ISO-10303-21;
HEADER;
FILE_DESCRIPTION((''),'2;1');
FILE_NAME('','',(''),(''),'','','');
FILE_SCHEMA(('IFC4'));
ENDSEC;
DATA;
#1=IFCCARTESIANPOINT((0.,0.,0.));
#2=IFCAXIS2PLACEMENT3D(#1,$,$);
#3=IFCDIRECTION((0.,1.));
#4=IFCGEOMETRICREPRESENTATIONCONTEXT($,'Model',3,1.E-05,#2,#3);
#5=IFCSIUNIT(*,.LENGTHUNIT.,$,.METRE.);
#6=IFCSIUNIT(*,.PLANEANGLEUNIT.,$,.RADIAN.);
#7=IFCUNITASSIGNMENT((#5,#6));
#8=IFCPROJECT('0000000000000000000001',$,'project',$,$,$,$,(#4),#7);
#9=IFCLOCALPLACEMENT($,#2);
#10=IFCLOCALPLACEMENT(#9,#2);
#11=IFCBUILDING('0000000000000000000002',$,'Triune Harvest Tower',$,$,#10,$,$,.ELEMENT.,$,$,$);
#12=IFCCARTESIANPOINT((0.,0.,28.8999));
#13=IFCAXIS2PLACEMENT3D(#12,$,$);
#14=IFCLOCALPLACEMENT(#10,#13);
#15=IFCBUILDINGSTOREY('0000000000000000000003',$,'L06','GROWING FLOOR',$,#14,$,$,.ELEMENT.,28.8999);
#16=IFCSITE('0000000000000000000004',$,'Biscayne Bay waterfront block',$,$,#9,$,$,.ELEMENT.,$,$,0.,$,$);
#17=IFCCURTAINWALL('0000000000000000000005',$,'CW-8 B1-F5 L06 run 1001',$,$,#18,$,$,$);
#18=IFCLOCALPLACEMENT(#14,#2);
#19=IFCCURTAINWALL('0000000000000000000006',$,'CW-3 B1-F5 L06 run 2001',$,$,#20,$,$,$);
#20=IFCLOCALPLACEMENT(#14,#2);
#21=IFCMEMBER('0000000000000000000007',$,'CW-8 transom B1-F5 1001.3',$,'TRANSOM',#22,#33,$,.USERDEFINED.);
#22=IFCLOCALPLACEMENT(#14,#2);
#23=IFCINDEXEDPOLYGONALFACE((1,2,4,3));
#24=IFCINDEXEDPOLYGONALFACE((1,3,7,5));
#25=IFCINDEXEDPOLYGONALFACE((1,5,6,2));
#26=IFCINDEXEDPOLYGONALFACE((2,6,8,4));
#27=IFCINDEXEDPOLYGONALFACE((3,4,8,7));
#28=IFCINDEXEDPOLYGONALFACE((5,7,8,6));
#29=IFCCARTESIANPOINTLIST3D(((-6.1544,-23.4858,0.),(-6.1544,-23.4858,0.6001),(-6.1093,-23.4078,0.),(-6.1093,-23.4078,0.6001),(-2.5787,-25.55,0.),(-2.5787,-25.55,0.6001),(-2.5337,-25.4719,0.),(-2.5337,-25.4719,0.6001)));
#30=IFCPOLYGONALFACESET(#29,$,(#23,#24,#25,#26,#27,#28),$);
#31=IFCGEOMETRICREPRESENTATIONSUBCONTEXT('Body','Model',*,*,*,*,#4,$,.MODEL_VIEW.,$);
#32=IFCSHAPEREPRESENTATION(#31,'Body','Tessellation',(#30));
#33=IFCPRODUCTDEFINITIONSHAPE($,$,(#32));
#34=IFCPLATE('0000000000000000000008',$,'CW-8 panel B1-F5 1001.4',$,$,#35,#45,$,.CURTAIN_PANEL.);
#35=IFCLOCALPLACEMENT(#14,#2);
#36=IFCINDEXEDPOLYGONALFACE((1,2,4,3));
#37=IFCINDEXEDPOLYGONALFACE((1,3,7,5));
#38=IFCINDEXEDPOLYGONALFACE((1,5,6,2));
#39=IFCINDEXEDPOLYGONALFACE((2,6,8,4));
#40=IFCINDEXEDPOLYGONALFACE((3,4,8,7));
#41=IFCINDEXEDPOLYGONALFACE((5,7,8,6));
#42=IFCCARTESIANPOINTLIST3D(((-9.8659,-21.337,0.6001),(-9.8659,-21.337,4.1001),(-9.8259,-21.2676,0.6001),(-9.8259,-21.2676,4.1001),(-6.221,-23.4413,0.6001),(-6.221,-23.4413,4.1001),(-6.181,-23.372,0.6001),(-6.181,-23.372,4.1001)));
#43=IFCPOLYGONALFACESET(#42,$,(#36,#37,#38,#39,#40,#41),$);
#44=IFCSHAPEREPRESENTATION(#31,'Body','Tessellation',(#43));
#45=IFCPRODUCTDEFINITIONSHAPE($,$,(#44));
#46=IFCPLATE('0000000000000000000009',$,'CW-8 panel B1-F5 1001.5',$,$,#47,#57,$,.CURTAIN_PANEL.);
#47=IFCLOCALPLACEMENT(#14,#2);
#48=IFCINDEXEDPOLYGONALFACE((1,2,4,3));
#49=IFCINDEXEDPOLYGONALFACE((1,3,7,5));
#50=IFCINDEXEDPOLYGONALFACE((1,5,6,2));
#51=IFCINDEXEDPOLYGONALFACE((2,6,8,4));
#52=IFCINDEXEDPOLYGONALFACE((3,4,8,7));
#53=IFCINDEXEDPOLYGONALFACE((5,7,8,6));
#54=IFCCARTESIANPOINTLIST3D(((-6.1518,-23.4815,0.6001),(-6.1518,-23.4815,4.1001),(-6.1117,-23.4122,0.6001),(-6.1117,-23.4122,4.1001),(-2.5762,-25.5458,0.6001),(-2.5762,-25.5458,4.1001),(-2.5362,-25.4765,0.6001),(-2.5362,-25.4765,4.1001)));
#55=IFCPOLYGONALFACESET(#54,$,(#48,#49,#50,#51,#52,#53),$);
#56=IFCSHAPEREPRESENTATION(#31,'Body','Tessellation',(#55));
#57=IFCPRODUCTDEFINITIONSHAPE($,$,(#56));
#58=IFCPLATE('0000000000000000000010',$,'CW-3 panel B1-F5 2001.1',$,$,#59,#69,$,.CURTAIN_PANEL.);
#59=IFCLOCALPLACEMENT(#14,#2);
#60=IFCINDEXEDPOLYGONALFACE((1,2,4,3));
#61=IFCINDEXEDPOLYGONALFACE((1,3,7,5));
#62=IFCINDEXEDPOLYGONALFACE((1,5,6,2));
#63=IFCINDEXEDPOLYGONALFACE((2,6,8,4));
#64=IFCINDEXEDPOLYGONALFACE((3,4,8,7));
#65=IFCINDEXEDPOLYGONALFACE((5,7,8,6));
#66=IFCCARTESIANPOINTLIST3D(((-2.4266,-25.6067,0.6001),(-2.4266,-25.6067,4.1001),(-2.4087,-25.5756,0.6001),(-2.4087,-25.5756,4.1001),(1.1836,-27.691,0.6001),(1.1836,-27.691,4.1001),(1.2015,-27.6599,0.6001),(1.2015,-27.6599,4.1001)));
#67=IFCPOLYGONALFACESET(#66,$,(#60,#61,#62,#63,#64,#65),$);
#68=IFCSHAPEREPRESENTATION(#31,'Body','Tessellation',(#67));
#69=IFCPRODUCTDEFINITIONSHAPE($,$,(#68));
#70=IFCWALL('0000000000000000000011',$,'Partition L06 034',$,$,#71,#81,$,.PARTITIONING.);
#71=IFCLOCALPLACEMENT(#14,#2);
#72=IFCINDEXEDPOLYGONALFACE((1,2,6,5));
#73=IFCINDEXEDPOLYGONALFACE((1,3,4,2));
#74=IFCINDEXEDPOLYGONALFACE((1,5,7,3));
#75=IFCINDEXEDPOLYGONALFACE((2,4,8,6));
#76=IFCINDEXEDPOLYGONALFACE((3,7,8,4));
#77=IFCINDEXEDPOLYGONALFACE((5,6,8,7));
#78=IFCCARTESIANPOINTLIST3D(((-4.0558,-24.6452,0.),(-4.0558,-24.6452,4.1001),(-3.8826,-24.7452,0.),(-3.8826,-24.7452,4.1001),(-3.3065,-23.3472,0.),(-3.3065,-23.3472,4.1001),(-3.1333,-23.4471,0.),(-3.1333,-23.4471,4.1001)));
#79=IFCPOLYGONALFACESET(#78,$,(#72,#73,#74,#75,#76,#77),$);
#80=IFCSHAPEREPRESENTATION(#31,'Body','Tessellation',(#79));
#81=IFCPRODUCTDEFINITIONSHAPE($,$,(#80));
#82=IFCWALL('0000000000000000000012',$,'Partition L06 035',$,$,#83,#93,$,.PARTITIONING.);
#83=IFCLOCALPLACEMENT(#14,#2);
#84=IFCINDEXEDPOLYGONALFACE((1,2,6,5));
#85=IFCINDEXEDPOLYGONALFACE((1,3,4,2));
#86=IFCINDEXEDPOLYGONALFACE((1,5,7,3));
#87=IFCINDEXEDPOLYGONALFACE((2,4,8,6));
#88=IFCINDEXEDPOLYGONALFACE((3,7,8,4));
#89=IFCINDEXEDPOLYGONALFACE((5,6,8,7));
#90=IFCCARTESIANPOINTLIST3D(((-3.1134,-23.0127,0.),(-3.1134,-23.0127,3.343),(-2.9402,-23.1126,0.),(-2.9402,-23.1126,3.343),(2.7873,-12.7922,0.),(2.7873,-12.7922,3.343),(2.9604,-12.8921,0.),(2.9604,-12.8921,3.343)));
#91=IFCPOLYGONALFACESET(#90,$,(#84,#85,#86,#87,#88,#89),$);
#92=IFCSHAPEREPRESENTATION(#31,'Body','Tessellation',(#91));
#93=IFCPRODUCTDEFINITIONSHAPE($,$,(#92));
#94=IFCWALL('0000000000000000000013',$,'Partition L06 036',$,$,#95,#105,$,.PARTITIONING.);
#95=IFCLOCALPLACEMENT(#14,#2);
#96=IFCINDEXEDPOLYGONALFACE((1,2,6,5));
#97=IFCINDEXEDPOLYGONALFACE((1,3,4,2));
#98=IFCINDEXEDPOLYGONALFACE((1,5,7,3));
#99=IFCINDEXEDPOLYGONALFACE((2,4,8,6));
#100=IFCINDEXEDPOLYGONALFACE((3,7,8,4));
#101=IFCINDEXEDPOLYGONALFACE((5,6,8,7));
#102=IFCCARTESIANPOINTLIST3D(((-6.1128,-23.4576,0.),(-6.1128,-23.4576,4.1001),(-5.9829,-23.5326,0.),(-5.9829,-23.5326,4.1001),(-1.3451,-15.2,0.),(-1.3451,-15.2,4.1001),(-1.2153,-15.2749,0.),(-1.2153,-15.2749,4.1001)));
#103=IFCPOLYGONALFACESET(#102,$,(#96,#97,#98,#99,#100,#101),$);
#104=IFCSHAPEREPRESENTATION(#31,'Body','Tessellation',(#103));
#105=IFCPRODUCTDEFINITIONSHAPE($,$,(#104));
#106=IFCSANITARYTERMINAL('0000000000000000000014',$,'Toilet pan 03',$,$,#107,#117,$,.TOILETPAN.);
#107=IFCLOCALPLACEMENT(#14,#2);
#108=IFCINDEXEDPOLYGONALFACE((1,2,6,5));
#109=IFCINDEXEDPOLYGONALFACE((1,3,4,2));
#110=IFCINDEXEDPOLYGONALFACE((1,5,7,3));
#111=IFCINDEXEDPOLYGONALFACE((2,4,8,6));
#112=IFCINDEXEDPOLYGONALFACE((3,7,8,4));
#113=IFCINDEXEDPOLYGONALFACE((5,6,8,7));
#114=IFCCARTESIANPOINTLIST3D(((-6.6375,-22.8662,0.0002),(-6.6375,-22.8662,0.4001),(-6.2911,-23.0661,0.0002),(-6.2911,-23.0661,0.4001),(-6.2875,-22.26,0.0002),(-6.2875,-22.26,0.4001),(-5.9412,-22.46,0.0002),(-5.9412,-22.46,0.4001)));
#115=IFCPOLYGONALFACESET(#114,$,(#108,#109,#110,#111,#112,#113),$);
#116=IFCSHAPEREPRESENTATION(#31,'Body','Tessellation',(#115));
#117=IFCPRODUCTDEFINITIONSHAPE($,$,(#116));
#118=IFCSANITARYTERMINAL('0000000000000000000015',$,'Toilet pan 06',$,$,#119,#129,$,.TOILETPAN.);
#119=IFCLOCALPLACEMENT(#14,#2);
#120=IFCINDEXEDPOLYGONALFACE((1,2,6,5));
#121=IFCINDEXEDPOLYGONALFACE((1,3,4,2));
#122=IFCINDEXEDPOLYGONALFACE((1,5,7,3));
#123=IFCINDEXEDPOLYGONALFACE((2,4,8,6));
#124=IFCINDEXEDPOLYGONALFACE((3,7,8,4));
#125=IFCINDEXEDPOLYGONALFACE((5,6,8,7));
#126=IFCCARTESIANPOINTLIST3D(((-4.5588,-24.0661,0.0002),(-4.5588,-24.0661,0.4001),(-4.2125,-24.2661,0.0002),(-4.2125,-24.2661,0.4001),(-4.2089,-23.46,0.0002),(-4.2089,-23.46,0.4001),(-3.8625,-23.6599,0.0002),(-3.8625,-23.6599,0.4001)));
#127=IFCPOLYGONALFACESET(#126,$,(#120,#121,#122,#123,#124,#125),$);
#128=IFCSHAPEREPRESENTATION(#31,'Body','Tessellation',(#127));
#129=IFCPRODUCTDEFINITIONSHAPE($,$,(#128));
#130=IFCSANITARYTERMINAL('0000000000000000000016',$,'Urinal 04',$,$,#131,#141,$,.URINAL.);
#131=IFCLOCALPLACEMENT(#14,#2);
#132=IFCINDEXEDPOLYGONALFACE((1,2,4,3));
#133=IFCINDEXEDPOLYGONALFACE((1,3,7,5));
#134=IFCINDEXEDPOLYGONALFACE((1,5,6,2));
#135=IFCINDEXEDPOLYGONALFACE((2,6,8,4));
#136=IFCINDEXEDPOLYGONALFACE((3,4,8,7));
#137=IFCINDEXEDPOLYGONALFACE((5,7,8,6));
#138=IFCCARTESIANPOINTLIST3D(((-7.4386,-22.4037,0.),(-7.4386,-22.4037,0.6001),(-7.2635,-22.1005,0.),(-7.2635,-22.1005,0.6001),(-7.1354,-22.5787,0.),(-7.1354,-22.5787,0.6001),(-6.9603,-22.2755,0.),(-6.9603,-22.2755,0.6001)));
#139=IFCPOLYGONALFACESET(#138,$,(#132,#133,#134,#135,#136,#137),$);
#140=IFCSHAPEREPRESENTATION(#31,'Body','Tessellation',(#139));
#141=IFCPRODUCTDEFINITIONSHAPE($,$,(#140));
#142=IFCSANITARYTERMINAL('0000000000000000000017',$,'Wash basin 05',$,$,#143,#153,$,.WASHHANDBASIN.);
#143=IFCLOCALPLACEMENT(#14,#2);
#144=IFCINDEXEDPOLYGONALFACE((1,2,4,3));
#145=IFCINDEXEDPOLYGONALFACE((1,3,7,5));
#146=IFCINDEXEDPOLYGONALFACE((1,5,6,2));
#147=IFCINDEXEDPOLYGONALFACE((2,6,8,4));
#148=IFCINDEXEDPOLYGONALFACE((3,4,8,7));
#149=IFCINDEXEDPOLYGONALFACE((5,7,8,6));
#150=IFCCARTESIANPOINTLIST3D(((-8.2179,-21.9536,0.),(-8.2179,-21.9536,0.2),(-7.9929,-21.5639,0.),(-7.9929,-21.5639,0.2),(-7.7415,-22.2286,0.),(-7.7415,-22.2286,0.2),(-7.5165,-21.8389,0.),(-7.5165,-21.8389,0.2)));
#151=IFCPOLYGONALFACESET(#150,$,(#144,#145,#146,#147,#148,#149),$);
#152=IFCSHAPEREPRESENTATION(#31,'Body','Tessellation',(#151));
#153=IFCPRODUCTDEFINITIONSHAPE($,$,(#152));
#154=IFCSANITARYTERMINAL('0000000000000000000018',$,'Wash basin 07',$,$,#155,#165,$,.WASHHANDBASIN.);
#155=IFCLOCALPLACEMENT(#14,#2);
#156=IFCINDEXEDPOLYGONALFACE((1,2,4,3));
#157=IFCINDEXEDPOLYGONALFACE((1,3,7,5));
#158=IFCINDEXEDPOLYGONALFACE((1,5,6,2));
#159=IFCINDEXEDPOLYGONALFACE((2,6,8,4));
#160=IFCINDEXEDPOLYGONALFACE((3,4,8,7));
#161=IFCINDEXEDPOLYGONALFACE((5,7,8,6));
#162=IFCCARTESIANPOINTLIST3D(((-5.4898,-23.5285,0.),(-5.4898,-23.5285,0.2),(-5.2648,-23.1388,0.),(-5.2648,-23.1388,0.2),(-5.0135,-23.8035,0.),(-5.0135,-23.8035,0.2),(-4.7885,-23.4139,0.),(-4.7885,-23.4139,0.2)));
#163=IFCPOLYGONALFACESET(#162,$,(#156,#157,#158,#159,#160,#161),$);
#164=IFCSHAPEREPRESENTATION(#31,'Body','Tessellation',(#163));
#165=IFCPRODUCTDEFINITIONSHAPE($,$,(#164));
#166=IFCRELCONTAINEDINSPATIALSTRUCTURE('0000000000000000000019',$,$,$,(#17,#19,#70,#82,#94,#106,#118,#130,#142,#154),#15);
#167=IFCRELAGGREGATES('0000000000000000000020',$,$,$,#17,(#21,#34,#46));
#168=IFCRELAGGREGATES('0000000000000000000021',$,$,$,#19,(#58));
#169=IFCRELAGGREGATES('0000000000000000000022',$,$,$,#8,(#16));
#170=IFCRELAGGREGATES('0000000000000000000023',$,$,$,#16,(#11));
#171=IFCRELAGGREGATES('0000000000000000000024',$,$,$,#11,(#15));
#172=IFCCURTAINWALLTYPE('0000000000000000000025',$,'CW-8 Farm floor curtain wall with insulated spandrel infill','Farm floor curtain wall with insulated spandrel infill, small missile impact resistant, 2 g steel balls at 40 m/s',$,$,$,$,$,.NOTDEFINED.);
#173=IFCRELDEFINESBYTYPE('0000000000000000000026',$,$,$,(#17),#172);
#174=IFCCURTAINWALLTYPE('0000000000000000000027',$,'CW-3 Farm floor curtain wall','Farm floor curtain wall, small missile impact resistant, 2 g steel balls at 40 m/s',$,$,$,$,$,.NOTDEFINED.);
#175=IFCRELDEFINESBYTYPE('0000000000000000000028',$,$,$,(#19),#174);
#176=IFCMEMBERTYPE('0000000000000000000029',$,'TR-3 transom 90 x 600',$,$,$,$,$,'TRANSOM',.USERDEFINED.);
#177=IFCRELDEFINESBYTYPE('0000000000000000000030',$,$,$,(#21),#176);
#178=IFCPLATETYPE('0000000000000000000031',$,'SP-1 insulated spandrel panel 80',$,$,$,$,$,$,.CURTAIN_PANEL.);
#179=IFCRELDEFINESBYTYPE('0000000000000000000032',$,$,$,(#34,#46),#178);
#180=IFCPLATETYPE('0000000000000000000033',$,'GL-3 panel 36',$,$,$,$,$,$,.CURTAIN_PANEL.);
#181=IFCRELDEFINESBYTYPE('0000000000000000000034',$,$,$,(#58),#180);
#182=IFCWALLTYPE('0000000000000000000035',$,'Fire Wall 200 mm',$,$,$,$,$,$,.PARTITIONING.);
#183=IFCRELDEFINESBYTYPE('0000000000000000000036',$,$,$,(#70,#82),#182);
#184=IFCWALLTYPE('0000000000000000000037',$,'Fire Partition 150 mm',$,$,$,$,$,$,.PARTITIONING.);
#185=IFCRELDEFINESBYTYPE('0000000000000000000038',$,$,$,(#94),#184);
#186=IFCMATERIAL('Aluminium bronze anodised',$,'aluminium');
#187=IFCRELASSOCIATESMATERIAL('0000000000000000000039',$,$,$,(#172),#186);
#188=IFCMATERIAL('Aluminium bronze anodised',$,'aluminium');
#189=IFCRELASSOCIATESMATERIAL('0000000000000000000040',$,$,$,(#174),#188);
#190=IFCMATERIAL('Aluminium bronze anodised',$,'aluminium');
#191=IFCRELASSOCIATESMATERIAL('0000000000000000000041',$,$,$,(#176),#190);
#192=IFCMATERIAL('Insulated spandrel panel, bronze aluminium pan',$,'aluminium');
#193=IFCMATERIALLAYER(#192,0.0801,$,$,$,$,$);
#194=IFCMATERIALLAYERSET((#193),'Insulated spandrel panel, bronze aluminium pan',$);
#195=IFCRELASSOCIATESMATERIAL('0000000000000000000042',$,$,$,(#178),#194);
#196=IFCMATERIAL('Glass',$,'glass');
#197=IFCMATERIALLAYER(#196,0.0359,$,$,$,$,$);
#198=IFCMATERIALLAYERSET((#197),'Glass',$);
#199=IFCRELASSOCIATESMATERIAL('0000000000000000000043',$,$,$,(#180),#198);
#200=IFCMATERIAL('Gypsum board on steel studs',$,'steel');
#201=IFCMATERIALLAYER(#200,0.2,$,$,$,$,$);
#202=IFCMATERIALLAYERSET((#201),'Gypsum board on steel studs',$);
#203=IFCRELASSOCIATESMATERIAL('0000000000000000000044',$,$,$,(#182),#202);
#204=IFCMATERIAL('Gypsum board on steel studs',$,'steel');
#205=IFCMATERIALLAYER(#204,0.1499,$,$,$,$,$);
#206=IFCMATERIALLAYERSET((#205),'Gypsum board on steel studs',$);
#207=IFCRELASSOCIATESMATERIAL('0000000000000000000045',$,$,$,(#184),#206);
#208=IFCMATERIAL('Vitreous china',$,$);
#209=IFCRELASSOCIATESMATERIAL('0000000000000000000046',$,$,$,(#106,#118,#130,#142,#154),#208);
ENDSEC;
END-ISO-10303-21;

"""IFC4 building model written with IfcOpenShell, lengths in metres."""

from ifc_helpers import new_model, si_unit, direction, frame, frame_2d, origin, origin_2d, place, context, subcontext, project, spatial, rectangle, extrude, source, transform, mapped, material, layer, layer_set, material_profile, profile_set, type_object, element, aggregate, save


model = new_model("IFC4")

# Units and contexts
model_context = context("Model", 3, precision=1e-05, world=origin(), true_north=direction((0.0, 1.0)))
body_context = subcontext(model_context, "Body", "Model", "MODEL_VIEW")
ifc_project = project(units=[si_unit("LENGTHUNIT", "METRE"), si_unit("PLANEANGLEUNIT", "RADIAN")], contexts=[model_context])

# Site, building, storey
site_placement = place(None, origin())
site = spatial("IfcSite", under=ifc_project, at=site_placement, Name="Biscayne Bay waterfront block", CompositionType="ELEMENT", RefElevation=0.0)
building_placement = place(site_placement, origin())
building = spatial("IfcBuilding", under=site, at=building_placement, Name="Triune Harvest Tower", CompositionType="ELEMENT")
storey_placement = place(building_placement, frame((0.0, 0.0, 28.8999)))
storey = spatial("IfcBuildingStorey", under=building, at=storey_placement, Name="L06", Description="GROWING FLOOR", CompositionType="ELEMENT", Elevation=28.8999)

# Curtain walls
ifc_material_1 = material(Name="Aluminium bronze anodised", Category="aluminium")
curtain_wall_type_1 = type_object("IfcCurtainWallType", Name="CW-8 Farm floor curtain wall with insulated spandrel infill", Description="Farm floor curtain wall with insulated spandrel infill, small missile impact resistant, 2 g steel balls at 40 m/s", PredefinedType="NOTDEFINED", material=ifc_material_1)
curtain_wall_1_placement = place(storey_placement, origin())
curtain_wall_1 = element("IfcCurtainWall", 1, at=curtain_wall_1_placement, inside=storey, type_object=curtain_wall_type_1, Name="CW-8 B1-F5 L06 run 1001")
ifc_material_2 = material(Name="Aluminium bronze anodised", Category="aluminium")
curtain_wall_type_2 = type_object("IfcCurtainWallType", Name="CW-3 Farm floor curtain wall", Description="Farm floor curtain wall, small missile impact resistant, 2 g steel balls at 40 m/s", PredefinedType="NOTDEFINED", material=ifc_material_2)
curtain_wall_2_placement = place(storey_placement, origin())
curtain_wall_2 = element("IfcCurtainWall", 2, at=curtain_wall_2_placement, inside=storey, type_object=curtain_wall_type_2, Name="CW-3 B1-F5 L06 run 2001")
ifc_material_3 = material(Name="Aluminium bronze anodised", Category="aluminium")
ifc_material_profile_1 = material_profile(ifc_material_3, rectangle(XDim=0.0901, YDim=0.6001, at=origin_2d()), Name="TR-3 transom 90 x 600")
ifc_profile_set_1 = profile_set([ifc_material_profile_1], Name="Aluminium bronze anodised")
member_type_1 = type_object("IfcMemberType", Name="TR-3 transom 90 x 600", ElementType="TRANSOM", PredefinedType="USERDEFINED", material=ifc_profile_set_1)

# Member
shared_shape_1 = source(origin(), body_context, "Body", "SweptSolid", [
    extrude(rectangle(XDim=0.0901, YDim=0.6001, at=origin_2d()), origin(), (0.0, 0.0, 1.0), 4.1287),
])
member_1_placement = place(storey_placement, frame((-6.1318, -23.4468, 0.3), z_axis=(0.866048, -0.499961, 0.0), x_axis=(0.499961, 0.866048, 0.0)))
member_1 = element("IfcMember", 3, at=member_1_placement, type_object=member_type_1, Name="CW-8 transom B1-F5 1001.3", ObjectType="TRANSOM", PredefinedType="USERDEFINED", context=body_context, shape_type="MappedRepresentation", body=[
    mapped(shared_shape_1, transform((0.0, 0.0, 0.0), scale=1.0)),
])

# Plates
ifc_material_4 = material(Name="Insulated spandrel panel, bronze aluminium pan", Category="aluminium")
ifc_layer_1 = layer(ifc_material_4, 0.0801)
ifc_layer_set_1 = layer_set([ifc_layer_1], Name="Insulated spandrel panel, bronze aluminium pan")
plate_type_1 = type_object("IfcPlateType", Name="SP-1 insulated spandrel panel 80", PredefinedType="CURTAIN_PANEL", material=ifc_layer_set_1)
shared_shape_2 = source(origin(), body_context, "Body", "SweptSolid", [
    extrude(rectangle(XDim=4.2087, YDim=0.0801, at=origin_2d()), origin(), (0.0, 0.0, 1.0), 3.5),
])
plate_1_placement = place(storey_placement, frame((-8.0234, -22.3545, 0.6001), z_axis=(0.0, 0.0, 1.0), x_axis=(0.866027, -0.499998, 0.0)))
plate_1 = element("IfcPlate", 4, at=plate_1_placement, type_object=plate_type_1, Name="CW-8 panel B1-F5 1001.4", PredefinedType="CURTAIN_PANEL", context=body_context, shape_type="MappedRepresentation", body=[
    mapped(shared_shape_2, transform((0.0, 0.0, 0.0), scale=1.0)),
])
shared_shape_3 = source(origin(), body_context, "Body", "SweptSolid", [
    extrude(rectangle(XDim=4.1287, YDim=0.0801, at=origin_2d()), origin(), (0.0, 0.0, 1.0), 3.5),
])
plate_2_placement = place(storey_placement, frame((-4.344, -24.479, 0.6001), z_axis=(0.0, 0.0, 1.0), x_axis=(0.866027, -0.499998, 0.0)))
plate_2 = element("IfcPlate", 5, at=plate_2_placement, type_object=plate_type_1, Name="CW-8 panel B1-F5 1001.5", PredefinedType="CURTAIN_PANEL", context=body_context, shape_type="MappedRepresentation", body=[
    mapped(shared_shape_3, transform((0.0, 0.0, 0.0), scale=1.0)),
])
aggregate(curtain_wall_1, [member_1, plate_1, plate_2])
ifc_material_5 = material(Name="Glass", Category="glass")
ifc_layer_2 = layer(ifc_material_5, 0.0359)
ifc_layer_set_2 = layer_set([ifc_layer_2], Name="Glass")
plate_type_2 = type_object("IfcPlateType", Name="GL-3 panel 36", PredefinedType="CURTAIN_PANEL", material=ifc_layer_set_2)
shared_shape_4 = source(origin(), body_context, "Body", "SweptSolid", [
    extrude(rectangle(XDim=4.1687, YDim=0.0359, at=origin_2d()), origin(), (0.0, 0.0, 1.0), 3.5),
])
plate_3_placement = place(storey_placement, frame((-0.6125, -26.6333, 0.6001), z_axis=(0.0, 0.0, 1.0), x_axis=(0.866025, -0.500001, 0.0)))
plate_3 = element("IfcPlate", 6, at=plate_3_placement, type_object=plate_type_2, Name="CW-3 panel B1-F5 2001.1", PredefinedType="CURTAIN_PANEL", context=body_context, shape_type="MappedRepresentation", body=[
    mapped(shared_shape_4, transform((0.0, 0.0, 0.0), scale=1.0)),
])
aggregate(curtain_wall_2, [plate_3])

# Walls
ifc_material_6 = material(Name="Gypsum board on steel studs", Category="steel")
ifc_layer_3 = layer(ifc_material_6, 0.2)
ifc_layer_set_3 = layer_set([ifc_layer_3], Name="Gypsum board on steel studs")
wall_type_1 = type_object("IfcWallType", Name="Fire Wall 200 mm", PredefinedType="PARTITIONING", material=ifc_layer_set_3)
shared_shape_5 = source(origin(), body_context, "Body", "SweptSolid", [
    extrude(rectangle(XDim=1.4988, YDim=0.2, at=frame_2d((0.7495, 0.0))), origin(), (0.0, 0.0, 1.0), 4.1001),
])
wall_1_placement = place(storey_placement, frame((-3.9692, -24.6953, 0.0), z_axis=(0.0, 0.0, 1.0), x_axis=(0.499906, 0.86608, 0.0)))
element("IfcWall", 7, at=wall_1_placement, inside=storey, type_object=wall_type_1, Name="Partition L06 034", PredefinedType="PARTITIONING", context=body_context, shape_type="MappedRepresentation", body=[
    mapped(shared_shape_5, transform((0.0, 0.0, 0.0), scale=1.0)),
])
shared_shape_6 = source(origin(), body_context, "Body", "SweptSolid", [
    extrude(rectangle(XDim=11.8015, YDim=0.2, at=frame_2d((5.9009, 0.0))), origin(), (0.0, 0.0, 1.0), 3.343),
])
wall_2_placement = place(storey_placement, frame((-3.0269, -23.0627, 0.0), z_axis=(0.0, 0.0, 1.0), x_axis=(0.49999, 0.866031, 0.0)))
element("IfcWall", 8, at=wall_2_placement, inside=storey, type_object=wall_type_1, Name="Partition L06 035", PredefinedType="PARTITIONING", context=body_context, shape_type="MappedRepresentation", body=[
    mapped(shared_shape_6, transform((0.0, 0.0, 0.0), scale=1.0)),
])
ifc_material_7 = material(Name="Gypsum board on steel studs", Category="steel")
ifc_layer_4 = layer(ifc_material_7, 0.1499)
ifc_layer_set_4 = layer_set([ifc_layer_4], Name="Gypsum board on steel studs")
wall_type_2 = type_object("IfcWallType", Name="Fire Partition 150 mm", PredefinedType="PARTITIONING", material=ifc_layer_set_4)
shared_shape_7 = source(origin(), body_context, "Body", "SweptSolid", [
    extrude(rectangle(XDim=9.5352, YDim=0.1499, at=frame_2d((4.7676, 0.0))), origin(), (0.0, 0.0, 1.0), 4.1001),
])
wall_3_placement = place(storey_placement, frame((-6.0479, -23.4951, 0.0), z_axis=(0.0, 0.0, 1.0), x_axis=(0.500005, 0.866022, 0.0)))
element("IfcWall", 9, at=wall_3_placement, inside=storey, type_object=wall_type_2, Name="Partition L06 036", PredefinedType="PARTITIONING", context=body_context, shape_type="MappedRepresentation", body=[
    mapped(shared_shape_7, transform((0.0, 0.0, 0.0), scale=1.0)),
])

# Sanitary terminals
ifc_material_8 = material(Name="Vitreous china")
shared_shape_8 = source(origin(), body_context, "Body", "SweptSolid", [
    extrude(rectangle(XDim=0.3999, YDim=0.7, at=origin_2d()), origin(), (0.0, 0.0, 1.0), 0.3999),
])
for number, where, z_axis, x_axis, name in (
    (10, (-6.2893, -22.6631, 0.0002), (0.0, 0.0, 1.0), (-0.866034, 0.499985, 0.0), "Toilet pan 03"),
    (11, (-4.2107, -23.863, 0.0002), (0.0, 0.0, 1.0), (-0.866017, 0.500015, 0.0), "Toilet pan 06"),
):
    element("IfcSanitaryTerminal", number, at=place(storey_placement, frame(where, z_axis=z_axis, x_axis=x_axis)), inside=storey, material=ifc_material_8, Name=name, PredefinedType="TOILETPAN", context=body_context, shape_type="MappedRepresentation", body=[
        mapped(shared_shape_8, transform((0.0, 0.0, 0.0), scale=1.0)),
    ])
shared_shape_9 = source(origin(), body_context, "Body", "SweptSolid", [
    extrude(rectangle(XDim=0.3501, YDim=0.3501, at=origin_2d()), origin(), (0.0, 0.0, 1.0), 0.6001),
])
sanitary_terminal_placement = place(storey_placement, frame((-7.1995, -22.3396, 0.0), z_axis=(0.0, 0.0, 1.0), x_axis=(-0.866034, 0.499985, 0.0)))
element("IfcSanitaryTerminal", 12, at=sanitary_terminal_placement, inside=storey, material=ifc_material_8, Name="Urinal 04", PredefinedType="URINAL", context=body_context, shape_type="MappedRepresentation", body=[
    mapped(shared_shape_9, transform((0.0, 0.0, 0.0), scale=1.0)),
])
shared_shape_10 = source(origin(), body_context, "Body", "SweptSolid", [
    extrude(rectangle(XDim=0.55, YDim=0.45, at=origin_2d()), origin(), (0.0, 0.0, 1.0), 0.2),
])
for number, where, z_axis, x_axis, name in (
    (13, (-7.8672, -21.8962, 0.0), (0.0, 0.0, 1.0), (-0.866034, 0.499985, 0.0), "Wash basin 05"),
    (14, (-5.1392, -23.4712, 0.0), (0.0, 0.0, 1.0), (-0.866017, 0.500015, 0.0), "Wash basin 07"),
):
    element("IfcSanitaryTerminal", number, at=place(storey_placement, frame(where, z_axis=z_axis, x_axis=x_axis)), inside=storey, material=ifc_material_8, Name=name, PredefinedType="WASHHANDBASIN", context=body_context, shape_type="MappedRepresentation", body=[
        mapped(shared_shape_10, transform((0.0, 0.0, 0.0), scale=1.0)),
    ])

save(model, "model.ifc")
